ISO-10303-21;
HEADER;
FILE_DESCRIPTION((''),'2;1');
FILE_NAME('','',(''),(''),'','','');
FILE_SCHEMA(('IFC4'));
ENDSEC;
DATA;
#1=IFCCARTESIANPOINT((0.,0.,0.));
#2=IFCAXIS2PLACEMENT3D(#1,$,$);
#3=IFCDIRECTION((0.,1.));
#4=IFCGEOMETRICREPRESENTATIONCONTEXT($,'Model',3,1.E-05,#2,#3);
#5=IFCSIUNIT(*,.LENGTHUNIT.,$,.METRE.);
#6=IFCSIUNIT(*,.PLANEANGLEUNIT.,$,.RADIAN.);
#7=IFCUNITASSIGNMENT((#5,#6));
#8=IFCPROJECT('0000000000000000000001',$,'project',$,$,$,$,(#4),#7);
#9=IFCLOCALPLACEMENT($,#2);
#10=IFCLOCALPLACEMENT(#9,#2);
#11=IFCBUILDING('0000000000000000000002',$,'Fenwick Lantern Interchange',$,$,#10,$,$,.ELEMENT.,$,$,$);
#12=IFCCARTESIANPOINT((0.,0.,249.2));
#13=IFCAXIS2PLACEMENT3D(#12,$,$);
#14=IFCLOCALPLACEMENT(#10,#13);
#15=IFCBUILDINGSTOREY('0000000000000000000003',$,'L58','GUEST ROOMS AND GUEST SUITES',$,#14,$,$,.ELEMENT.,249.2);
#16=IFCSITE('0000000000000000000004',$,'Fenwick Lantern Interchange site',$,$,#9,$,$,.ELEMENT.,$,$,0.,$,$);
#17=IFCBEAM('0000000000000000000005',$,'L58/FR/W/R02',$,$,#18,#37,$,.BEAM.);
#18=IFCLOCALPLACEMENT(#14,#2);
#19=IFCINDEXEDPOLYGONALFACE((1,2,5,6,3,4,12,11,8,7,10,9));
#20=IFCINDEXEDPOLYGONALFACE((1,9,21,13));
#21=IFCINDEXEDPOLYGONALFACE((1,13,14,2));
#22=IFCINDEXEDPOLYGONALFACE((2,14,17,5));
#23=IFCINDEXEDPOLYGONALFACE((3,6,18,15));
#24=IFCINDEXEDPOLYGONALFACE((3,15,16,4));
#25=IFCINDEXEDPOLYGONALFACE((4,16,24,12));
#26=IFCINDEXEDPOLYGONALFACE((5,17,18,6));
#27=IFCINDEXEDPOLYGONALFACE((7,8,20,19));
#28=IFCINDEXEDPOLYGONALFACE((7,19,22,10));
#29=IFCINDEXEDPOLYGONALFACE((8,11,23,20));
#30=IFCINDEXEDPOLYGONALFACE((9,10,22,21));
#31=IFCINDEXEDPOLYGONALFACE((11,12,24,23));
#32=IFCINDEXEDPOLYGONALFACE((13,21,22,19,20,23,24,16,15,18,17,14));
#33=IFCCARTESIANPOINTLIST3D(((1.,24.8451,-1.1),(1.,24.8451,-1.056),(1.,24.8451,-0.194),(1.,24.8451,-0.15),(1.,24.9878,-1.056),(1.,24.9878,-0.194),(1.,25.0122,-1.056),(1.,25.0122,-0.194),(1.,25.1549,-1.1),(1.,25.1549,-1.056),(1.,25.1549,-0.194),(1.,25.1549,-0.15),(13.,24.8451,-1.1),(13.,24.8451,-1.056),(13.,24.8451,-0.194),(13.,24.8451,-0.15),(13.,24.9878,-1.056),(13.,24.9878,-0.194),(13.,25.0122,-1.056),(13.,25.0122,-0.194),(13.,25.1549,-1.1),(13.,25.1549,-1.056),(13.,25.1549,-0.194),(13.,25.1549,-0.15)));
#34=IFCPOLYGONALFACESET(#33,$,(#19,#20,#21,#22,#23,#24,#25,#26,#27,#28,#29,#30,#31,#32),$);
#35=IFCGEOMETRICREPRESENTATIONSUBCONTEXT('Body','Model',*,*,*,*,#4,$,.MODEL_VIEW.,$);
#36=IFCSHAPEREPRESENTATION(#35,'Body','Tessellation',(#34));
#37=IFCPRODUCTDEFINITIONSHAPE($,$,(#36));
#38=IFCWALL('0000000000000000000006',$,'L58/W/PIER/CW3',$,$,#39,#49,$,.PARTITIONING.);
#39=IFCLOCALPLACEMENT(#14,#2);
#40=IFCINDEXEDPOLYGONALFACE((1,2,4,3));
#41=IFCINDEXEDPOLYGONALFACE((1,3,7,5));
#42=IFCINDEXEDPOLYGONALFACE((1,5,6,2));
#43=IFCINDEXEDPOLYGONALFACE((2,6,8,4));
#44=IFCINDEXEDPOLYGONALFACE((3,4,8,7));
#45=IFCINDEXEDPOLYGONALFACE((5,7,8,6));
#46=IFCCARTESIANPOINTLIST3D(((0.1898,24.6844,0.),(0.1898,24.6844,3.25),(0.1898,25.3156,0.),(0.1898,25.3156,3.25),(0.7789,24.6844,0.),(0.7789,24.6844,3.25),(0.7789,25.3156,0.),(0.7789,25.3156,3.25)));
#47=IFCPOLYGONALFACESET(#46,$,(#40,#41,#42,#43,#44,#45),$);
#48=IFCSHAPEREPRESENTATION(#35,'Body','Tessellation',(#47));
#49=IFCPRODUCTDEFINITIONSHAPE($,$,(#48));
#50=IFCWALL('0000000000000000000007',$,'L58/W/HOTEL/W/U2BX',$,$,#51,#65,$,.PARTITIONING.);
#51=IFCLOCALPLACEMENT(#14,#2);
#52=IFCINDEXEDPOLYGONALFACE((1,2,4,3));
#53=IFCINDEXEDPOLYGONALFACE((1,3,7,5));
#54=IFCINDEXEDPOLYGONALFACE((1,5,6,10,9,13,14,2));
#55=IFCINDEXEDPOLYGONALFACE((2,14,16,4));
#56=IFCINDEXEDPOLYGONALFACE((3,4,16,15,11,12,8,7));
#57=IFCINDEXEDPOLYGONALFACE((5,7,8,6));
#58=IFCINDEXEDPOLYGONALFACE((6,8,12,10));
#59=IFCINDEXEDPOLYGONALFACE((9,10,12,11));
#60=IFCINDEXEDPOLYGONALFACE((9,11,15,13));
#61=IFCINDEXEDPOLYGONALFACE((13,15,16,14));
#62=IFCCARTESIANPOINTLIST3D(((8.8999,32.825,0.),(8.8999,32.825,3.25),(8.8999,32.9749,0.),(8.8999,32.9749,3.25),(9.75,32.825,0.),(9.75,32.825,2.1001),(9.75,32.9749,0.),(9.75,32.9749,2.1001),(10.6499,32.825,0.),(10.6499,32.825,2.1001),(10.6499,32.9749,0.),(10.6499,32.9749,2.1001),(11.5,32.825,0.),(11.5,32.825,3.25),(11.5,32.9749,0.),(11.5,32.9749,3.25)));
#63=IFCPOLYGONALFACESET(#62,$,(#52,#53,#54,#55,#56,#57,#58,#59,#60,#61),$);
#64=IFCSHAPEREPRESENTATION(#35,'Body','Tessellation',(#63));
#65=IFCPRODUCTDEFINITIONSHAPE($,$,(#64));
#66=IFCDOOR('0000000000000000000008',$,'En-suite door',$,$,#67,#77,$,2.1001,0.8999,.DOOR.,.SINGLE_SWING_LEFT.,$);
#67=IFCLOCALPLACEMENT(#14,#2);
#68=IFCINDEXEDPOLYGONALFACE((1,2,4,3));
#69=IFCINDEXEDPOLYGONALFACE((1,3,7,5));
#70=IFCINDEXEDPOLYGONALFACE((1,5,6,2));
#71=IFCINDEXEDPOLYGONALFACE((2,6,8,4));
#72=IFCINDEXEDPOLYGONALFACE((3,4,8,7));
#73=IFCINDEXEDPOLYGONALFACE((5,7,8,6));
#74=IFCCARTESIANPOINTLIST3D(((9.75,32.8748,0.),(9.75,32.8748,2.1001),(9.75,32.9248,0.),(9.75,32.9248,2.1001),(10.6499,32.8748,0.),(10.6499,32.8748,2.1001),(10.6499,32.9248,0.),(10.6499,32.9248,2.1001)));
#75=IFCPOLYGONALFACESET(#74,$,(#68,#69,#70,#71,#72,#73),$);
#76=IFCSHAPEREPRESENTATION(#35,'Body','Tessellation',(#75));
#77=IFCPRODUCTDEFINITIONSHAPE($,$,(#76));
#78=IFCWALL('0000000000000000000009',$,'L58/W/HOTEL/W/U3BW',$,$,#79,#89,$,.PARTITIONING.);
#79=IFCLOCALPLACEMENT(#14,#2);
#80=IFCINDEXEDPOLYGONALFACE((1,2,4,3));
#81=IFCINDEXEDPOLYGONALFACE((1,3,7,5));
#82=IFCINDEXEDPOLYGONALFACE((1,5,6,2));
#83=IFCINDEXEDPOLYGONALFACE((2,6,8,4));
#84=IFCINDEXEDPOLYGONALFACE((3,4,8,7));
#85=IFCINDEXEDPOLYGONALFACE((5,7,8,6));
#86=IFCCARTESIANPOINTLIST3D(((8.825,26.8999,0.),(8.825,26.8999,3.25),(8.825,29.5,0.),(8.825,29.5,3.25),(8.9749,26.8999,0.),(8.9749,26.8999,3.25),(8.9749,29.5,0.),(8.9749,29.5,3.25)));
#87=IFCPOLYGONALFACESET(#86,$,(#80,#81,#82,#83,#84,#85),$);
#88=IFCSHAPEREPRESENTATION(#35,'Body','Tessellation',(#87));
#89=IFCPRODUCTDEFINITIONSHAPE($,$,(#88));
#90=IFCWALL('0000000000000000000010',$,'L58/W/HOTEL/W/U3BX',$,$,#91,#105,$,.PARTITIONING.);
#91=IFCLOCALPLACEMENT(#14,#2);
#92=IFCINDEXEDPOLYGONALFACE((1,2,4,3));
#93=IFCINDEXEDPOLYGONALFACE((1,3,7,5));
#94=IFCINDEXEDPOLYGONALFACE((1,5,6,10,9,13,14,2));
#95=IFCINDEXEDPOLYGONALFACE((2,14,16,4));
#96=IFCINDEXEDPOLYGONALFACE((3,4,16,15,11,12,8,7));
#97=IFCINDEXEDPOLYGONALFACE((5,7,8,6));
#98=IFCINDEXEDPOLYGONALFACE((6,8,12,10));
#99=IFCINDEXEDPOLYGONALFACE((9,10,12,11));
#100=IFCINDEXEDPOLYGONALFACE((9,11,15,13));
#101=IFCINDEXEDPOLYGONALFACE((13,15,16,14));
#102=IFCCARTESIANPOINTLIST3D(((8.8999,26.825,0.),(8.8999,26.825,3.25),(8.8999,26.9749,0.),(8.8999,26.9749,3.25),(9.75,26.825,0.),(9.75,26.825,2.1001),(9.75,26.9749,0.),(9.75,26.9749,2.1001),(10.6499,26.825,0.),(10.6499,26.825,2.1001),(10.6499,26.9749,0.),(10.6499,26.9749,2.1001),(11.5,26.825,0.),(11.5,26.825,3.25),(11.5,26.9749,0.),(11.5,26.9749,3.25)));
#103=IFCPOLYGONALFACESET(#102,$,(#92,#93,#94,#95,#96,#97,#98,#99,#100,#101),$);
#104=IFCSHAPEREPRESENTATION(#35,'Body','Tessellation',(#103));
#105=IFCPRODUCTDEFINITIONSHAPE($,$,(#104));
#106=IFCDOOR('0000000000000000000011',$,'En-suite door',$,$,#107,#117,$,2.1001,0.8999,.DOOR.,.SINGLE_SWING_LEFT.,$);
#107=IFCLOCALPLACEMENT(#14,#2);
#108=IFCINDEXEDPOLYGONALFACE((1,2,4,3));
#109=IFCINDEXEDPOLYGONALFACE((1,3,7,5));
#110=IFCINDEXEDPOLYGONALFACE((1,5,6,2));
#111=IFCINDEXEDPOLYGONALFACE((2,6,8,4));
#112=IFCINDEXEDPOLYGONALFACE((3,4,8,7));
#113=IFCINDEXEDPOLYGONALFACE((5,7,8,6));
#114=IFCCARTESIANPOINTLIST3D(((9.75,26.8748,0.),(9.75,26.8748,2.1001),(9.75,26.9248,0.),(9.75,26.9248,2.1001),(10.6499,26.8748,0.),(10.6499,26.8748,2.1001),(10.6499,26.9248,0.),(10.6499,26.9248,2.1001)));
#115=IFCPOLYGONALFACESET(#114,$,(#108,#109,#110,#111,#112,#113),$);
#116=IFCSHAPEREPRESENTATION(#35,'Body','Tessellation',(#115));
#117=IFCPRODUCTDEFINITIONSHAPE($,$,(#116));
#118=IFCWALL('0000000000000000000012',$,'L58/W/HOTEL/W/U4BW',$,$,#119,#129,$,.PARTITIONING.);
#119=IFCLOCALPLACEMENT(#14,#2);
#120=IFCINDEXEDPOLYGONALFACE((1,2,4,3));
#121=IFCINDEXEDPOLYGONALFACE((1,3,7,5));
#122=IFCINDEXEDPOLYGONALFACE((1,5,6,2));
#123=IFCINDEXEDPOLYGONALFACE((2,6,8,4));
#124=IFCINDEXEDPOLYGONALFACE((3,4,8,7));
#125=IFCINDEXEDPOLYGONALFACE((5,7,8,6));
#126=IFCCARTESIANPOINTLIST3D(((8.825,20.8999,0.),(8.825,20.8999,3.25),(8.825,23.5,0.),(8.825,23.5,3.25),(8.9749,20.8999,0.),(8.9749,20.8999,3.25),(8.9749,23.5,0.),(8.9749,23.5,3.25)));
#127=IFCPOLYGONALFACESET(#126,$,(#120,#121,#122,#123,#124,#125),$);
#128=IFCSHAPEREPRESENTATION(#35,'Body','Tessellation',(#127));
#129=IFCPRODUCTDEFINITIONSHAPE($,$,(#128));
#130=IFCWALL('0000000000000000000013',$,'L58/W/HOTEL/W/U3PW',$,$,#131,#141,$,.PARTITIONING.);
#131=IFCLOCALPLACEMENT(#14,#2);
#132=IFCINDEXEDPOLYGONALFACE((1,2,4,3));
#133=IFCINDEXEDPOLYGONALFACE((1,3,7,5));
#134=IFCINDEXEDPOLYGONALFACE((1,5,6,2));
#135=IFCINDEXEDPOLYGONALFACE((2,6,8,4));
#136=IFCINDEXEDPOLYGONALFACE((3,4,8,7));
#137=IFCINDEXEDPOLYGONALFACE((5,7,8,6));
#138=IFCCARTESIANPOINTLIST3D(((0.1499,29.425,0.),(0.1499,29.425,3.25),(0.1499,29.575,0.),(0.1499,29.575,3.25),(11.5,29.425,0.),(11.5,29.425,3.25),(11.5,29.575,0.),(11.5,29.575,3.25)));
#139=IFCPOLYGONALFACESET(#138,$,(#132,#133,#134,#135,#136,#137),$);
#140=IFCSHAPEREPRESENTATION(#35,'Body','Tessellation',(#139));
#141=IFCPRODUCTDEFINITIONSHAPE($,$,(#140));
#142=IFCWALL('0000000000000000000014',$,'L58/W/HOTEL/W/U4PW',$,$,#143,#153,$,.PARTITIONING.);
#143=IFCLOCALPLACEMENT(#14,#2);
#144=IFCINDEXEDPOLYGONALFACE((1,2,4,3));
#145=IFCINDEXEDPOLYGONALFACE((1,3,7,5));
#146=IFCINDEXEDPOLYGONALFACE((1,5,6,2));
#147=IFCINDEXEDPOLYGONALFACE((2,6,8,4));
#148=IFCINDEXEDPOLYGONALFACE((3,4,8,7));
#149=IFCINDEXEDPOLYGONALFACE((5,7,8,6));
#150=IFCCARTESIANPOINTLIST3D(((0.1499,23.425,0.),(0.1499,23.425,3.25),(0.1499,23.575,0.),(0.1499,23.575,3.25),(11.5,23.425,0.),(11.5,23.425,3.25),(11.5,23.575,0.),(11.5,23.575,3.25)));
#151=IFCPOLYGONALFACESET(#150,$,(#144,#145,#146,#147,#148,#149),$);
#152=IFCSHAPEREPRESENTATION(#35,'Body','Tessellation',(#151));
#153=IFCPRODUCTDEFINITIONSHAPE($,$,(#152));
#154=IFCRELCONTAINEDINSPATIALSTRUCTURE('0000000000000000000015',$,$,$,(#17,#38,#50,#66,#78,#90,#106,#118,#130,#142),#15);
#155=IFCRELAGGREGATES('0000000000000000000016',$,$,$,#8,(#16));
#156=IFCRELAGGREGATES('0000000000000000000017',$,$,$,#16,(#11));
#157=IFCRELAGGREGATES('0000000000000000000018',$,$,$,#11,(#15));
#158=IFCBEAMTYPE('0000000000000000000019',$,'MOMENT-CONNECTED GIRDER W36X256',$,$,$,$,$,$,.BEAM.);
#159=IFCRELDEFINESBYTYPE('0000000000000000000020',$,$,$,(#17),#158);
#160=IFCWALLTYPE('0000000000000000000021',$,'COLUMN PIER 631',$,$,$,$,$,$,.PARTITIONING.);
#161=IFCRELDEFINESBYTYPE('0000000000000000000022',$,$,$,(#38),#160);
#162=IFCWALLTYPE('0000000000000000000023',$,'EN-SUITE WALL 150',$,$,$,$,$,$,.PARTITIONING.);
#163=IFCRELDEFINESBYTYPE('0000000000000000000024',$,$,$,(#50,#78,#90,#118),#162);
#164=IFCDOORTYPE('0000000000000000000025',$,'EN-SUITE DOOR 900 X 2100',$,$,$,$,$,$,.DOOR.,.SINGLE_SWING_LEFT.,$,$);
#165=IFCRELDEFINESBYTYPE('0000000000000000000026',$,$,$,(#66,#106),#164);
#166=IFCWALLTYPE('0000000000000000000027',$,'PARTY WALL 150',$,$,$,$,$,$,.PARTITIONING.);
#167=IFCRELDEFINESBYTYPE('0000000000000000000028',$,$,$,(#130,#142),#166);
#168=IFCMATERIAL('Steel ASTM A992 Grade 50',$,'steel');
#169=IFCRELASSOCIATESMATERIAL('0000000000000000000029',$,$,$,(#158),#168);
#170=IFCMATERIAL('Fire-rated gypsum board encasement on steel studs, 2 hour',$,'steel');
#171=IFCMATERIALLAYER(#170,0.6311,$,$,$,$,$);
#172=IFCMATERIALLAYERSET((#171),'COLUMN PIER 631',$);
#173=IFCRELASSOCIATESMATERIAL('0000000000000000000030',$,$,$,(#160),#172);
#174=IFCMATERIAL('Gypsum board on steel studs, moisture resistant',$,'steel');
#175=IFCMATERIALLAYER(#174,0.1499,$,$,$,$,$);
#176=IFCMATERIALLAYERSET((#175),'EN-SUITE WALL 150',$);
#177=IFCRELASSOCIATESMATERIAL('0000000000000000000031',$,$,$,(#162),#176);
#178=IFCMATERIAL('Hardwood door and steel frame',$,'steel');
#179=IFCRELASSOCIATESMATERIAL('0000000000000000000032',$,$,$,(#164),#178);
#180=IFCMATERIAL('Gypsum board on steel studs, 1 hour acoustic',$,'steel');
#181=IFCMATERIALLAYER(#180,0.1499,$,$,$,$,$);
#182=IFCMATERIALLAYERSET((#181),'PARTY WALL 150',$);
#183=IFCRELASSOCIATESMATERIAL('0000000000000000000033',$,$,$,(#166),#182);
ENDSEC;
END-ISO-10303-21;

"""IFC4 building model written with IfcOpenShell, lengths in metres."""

from ifc_helpers import new_model, si_unit, direction, frame, frame_2d, origin, origin_2d, place, context, subcontext, project, spatial, rectangle, i_section, extrude, material, layer, layer_set, material_profile, profile_set, type_object, element, fill, save


model = new_model("IFC4")

# Units and contexts
model_context = context("Model", 3, precision=1e-05, world=origin(), true_north=direction((0.0, 1.0)))
body_context = subcontext(model_context, "Body", "Model", "MODEL_VIEW")
ifc_project = project(units=[si_unit("LENGTHUNIT", "METRE"), si_unit("PLANEANGLEUNIT", "RADIAN")], contexts=[model_context])

# Site, building, storey
site_placement = place(None, origin())
site = spatial("IfcSite", under=ifc_project, at=site_placement, Name="Fenwick Lantern Interchange site", CompositionType="ELEMENT", RefElevation=0.0)
building_placement = place(site_placement, origin())
building = spatial("IfcBuilding", under=site, at=building_placement, Name="Fenwick Lantern Interchange", CompositionType="ELEMENT")
storey_placement = place(building_placement, frame((0.0, 0.0, 249.2)))
storey = spatial("IfcBuildingStorey", under=building, at=storey_placement, Name="L58", Description="GUEST ROOMS AND GUEST SUITES", CompositionType="ELEMENT", Elevation=249.2)

# Shared definitions
ifc_material_1 = material(Name="Steel ASTM A992 Grade 50", Category="steel")

# Beam
ifc_material_profile_1 = material_profile(ifc_material_1, i_section(OverallWidth=0.3098, OverallDepth=0.95, WebThickness=0.0244, FlangeThickness=0.0439, at=origin_2d()), Name="W36X256")
ifc_profile_set_1 = profile_set([ifc_material_profile_1], Name="Steel ASTM A992 Grade 50")
beam_type_1 = type_object("IfcBeamType", Name="MOMENT-CONNECTED GIRDER W36X256", PredefinedType="BEAM", material=ifc_profile_set_1)
beam_1_placement = place(storey_placement, frame((1.0, 25.0, -0.625), z_axis=(1.0, 0.0, 0.0), x_axis=(0.0, 1.0, 0.0)))
element("IfcBeam", 1, at=beam_1_placement, inside=storey, type_object=beam_type_1, Name="L58/FR/W/R02", PredefinedType="BEAM", context=body_context, shape_type="SweptSolid", body=[
    extrude(i_section(OverallWidth=0.3098, OverallDepth=0.95, WebThickness=0.0244, FlangeThickness=0.0439, at=origin_2d()), origin(), (0.0, 0.0, 1.0), 12.0),
])

# Wall
ifc_material_2 = material(Name="Fire-rated gypsum board encasement on steel studs, 2 hour", Category="steel")
ifc_layer_1 = layer(ifc_material_2, 0.6311)
ifc_layer_set_1 = layer_set([ifc_layer_1], Name="COLUMN PIER 631")
wall_type_1 = type_object("IfcWallType", Name="COLUMN PIER 631", PredefinedType="PARTITIONING", material=ifc_layer_set_1)
wall_1_placement = place(storey_placement, frame((0.1899, 25.0, 0.0), z_axis=(0.0, 0.0, 1.0), x_axis=(1.0, 0.0, 0.0)))
element("IfcWall", 2, at=wall_1_placement, inside=storey, type_object=wall_type_1, Name="L58/W/PIER/CW3", PredefinedType="PARTITIONING", context=body_context, shape_type="SweptSolid", body=[
    extrude(rectangle(XDim=0.5891, YDim=0.6311, at=frame_2d((0.2944, 0.0))), origin(), (0.0, 0.0, 1.0), 3.25),
])

# Wall, opening, door
ifc_material_3 = material(Name="Gypsum board on steel studs, moisture resistant", Category="steel")
ifc_layer_2 = layer(ifc_material_3, 0.1499)
ifc_layer_set_2 = layer_set([ifc_layer_2], Name="EN-SUITE WALL 150")
wall_type_2 = type_object("IfcWallType", Name="EN-SUITE WALL 150", PredefinedType="PARTITIONING", material=ifc_layer_set_2)
wall_2_placement = place(storey_placement, frame((8.8999, 32.8999, 0.0), z_axis=(0.0, 0.0, 1.0), x_axis=(1.0, 0.0, 0.0)))
wall_2 = element("IfcWall", 3, at=wall_2_placement, inside=storey, type_object=wall_type_2, Name="L58/W/HOTEL/W/U2BX", PredefinedType="PARTITIONING", context=body_context, shape_type="SweptSolid", body=[
    extrude(rectangle(XDim=2.6001, YDim=0.1499, at=frame_2d((1.3, 0.0))), origin(), (0.0, 0.0, 1.0), 3.25),
])
opening_1_placement = place(wall_2_placement, frame((0.8501, 0.0, 0.0)))
opening_1 = element("IfcOpeningElement", 4, at=opening_1_placement, cuts=wall_2, PredefinedType="OPENING", context=body_context, shape_type="SweptSolid", body=[
    extrude(rectangle(XDim=0.8999, YDim=2.1001, at=frame_2d((0.45, 1.05))), frame((0.0, 0.085, 0.0), z_axis=(0.0, -1.0, 0.0), x_axis=(1.0, 0.0, 0.0)), (0.0, 0.0, 1.0), 0.1699),
])
ifc_material_4 = material(Name="Hardwood door and steel frame", Category="steel")
door_type = type_object("IfcDoorType", Name="EN-SUITE DOOR 900 X 2100", OperationType="SINGLE_SWING_LEFT", PredefinedType="DOOR", material=ifc_material_4)
door_1_placement = place(opening_1_placement, origin())
door_1 = element("IfcDoor", 5, at=door_1_placement, inside=storey, type_object=door_type, Name="En-suite door", OperationType="SINGLE_SWING_LEFT", OverallHeight=2.1001, OverallWidth=0.8999, PredefinedType="DOOR", context=body_context, shape_type="SweptSolid", body=[
    extrude(rectangle(XDim=0.8999, YDim=2.1001, at=frame_2d((0.45, 1.05))), frame((0.0, 0.0249, 0.0), z_axis=(0.0, -1.0, 0.0), x_axis=(1.0, 0.0, 0.0)), (0.0, 0.0, 1.0), 0.05),
])
fill(opening_1, door_1)

# Wall
wall_3_placement = place(storey_placement, frame((8.8999, 29.5, 0.0), z_axis=(0.0, 0.0, 1.0), x_axis=(0.0, -1.0, 0.0)))
element("IfcWall", 6, at=wall_3_placement, inside=storey, type_object=wall_type_2, Name="L58/W/HOTEL/W/U3BW", PredefinedType="PARTITIONING", context=body_context, shape_type="SweptSolid", body=[
    extrude(rectangle(XDim=2.6001, YDim=0.1499, at=frame_2d((1.3, 0.0))), origin(), (0.0, 0.0, 1.0), 3.25),
])

# Wall, opening, door
wall_4_placement = place(storey_placement, frame((8.8999, 26.8999, 0.0), z_axis=(0.0, 0.0, 1.0), x_axis=(1.0, 0.0, 0.0)))
wall_4 = element("IfcWall", 7, at=wall_4_placement, inside=storey, type_object=wall_type_2, Name="L58/W/HOTEL/W/U3BX", PredefinedType="PARTITIONING", context=body_context, shape_type="SweptSolid", body=[
    extrude(rectangle(XDim=2.6001, YDim=0.1499, at=frame_2d((1.3, 0.0))), origin(), (0.0, 0.0, 1.0), 3.25),
])
opening_2_placement = place(wall_4_placement, frame((0.8501, 0.0, 0.0)))
opening_2 = element("IfcOpeningElement", 8, at=opening_2_placement, cuts=wall_4, PredefinedType="OPENING", context=body_context, shape_type="SweptSolid", body=[
    extrude(rectangle(XDim=0.8999, YDim=2.1001, at=frame_2d((0.45, 1.05))), frame((0.0, 0.085, 0.0), z_axis=(0.0, -1.0, 0.0), x_axis=(1.0, 0.0, 0.0)), (0.0, 0.0, 1.0), 0.1699),
])
door_2_placement = place(opening_2_placement, origin())
door_2 = element("IfcDoor", 9, at=door_2_placement, inside=storey, type_object=door_type, Name="En-suite door", OperationType="SINGLE_SWING_LEFT", OverallHeight=2.1001, OverallWidth=0.8999, PredefinedType="DOOR", context=body_context, shape_type="SweptSolid", body=[
    extrude(rectangle(XDim=0.8999, YDim=2.1001, at=frame_2d((0.45, 1.05))), frame((0.0, 0.0249, 0.0), z_axis=(0.0, -1.0, 0.0), x_axis=(1.0, 0.0, 0.0)), (0.0, 0.0, 1.0), 0.05),
])
fill(opening_2, door_2)

# Walls
wall_5_placement = place(storey_placement, frame((8.8999, 23.5, 0.0), z_axis=(0.0, 0.0, 1.0), x_axis=(0.0, -1.0, 0.0)))
element("IfcWall", 10, at=wall_5_placement, inside=storey, type_object=wall_type_2, Name="L58/W/HOTEL/W/U4BW", PredefinedType="PARTITIONING", context=body_context, shape_type="SweptSolid", body=[
    extrude(rectangle(XDim=2.6001, YDim=0.1499, at=frame_2d((1.3, 0.0))), origin(), (0.0, 0.0, 1.0), 3.25),
])
ifc_material_5 = material(Name="Gypsum board on steel studs, 1 hour acoustic", Category="steel")
ifc_layer_3 = layer(ifc_material_5, 0.1499)
ifc_layer_set_3 = layer_set([ifc_layer_3], Name="PARTY WALL 150")
wall_type_3 = type_object("IfcWallType", Name="PARTY WALL 150", PredefinedType="PARTITIONING", material=ifc_layer_set_3)
for number, where, z_axis, x_axis, name in (
    (11, (0.1499, 29.5, 0.0), (0.0, 0.0, 1.0), (1.0, 0.0, 0.0), "L58/W/HOTEL/W/U3PW"),
    (12, (0.1499, 23.5, 0.0), (0.0, 0.0, 1.0), (1.0, 0.0, 0.0), "L58/W/HOTEL/W/U4PW"),
):
    element("IfcWall", number, at=place(storey_placement, frame(where, z_axis=z_axis, x_axis=x_axis)), inside=storey, type_object=wall_type_3, Name=name, PredefinedType="PARTITIONING", context=body_context, shape_type="SweptSolid", body=[
        extrude(rectangle(XDim=11.3501, YDim=0.1499, at=frame_2d((5.675, 0.0))), origin(), (0.0, 0.0, 1.0), 3.25),
    ])

save(model, "model.ifc")
